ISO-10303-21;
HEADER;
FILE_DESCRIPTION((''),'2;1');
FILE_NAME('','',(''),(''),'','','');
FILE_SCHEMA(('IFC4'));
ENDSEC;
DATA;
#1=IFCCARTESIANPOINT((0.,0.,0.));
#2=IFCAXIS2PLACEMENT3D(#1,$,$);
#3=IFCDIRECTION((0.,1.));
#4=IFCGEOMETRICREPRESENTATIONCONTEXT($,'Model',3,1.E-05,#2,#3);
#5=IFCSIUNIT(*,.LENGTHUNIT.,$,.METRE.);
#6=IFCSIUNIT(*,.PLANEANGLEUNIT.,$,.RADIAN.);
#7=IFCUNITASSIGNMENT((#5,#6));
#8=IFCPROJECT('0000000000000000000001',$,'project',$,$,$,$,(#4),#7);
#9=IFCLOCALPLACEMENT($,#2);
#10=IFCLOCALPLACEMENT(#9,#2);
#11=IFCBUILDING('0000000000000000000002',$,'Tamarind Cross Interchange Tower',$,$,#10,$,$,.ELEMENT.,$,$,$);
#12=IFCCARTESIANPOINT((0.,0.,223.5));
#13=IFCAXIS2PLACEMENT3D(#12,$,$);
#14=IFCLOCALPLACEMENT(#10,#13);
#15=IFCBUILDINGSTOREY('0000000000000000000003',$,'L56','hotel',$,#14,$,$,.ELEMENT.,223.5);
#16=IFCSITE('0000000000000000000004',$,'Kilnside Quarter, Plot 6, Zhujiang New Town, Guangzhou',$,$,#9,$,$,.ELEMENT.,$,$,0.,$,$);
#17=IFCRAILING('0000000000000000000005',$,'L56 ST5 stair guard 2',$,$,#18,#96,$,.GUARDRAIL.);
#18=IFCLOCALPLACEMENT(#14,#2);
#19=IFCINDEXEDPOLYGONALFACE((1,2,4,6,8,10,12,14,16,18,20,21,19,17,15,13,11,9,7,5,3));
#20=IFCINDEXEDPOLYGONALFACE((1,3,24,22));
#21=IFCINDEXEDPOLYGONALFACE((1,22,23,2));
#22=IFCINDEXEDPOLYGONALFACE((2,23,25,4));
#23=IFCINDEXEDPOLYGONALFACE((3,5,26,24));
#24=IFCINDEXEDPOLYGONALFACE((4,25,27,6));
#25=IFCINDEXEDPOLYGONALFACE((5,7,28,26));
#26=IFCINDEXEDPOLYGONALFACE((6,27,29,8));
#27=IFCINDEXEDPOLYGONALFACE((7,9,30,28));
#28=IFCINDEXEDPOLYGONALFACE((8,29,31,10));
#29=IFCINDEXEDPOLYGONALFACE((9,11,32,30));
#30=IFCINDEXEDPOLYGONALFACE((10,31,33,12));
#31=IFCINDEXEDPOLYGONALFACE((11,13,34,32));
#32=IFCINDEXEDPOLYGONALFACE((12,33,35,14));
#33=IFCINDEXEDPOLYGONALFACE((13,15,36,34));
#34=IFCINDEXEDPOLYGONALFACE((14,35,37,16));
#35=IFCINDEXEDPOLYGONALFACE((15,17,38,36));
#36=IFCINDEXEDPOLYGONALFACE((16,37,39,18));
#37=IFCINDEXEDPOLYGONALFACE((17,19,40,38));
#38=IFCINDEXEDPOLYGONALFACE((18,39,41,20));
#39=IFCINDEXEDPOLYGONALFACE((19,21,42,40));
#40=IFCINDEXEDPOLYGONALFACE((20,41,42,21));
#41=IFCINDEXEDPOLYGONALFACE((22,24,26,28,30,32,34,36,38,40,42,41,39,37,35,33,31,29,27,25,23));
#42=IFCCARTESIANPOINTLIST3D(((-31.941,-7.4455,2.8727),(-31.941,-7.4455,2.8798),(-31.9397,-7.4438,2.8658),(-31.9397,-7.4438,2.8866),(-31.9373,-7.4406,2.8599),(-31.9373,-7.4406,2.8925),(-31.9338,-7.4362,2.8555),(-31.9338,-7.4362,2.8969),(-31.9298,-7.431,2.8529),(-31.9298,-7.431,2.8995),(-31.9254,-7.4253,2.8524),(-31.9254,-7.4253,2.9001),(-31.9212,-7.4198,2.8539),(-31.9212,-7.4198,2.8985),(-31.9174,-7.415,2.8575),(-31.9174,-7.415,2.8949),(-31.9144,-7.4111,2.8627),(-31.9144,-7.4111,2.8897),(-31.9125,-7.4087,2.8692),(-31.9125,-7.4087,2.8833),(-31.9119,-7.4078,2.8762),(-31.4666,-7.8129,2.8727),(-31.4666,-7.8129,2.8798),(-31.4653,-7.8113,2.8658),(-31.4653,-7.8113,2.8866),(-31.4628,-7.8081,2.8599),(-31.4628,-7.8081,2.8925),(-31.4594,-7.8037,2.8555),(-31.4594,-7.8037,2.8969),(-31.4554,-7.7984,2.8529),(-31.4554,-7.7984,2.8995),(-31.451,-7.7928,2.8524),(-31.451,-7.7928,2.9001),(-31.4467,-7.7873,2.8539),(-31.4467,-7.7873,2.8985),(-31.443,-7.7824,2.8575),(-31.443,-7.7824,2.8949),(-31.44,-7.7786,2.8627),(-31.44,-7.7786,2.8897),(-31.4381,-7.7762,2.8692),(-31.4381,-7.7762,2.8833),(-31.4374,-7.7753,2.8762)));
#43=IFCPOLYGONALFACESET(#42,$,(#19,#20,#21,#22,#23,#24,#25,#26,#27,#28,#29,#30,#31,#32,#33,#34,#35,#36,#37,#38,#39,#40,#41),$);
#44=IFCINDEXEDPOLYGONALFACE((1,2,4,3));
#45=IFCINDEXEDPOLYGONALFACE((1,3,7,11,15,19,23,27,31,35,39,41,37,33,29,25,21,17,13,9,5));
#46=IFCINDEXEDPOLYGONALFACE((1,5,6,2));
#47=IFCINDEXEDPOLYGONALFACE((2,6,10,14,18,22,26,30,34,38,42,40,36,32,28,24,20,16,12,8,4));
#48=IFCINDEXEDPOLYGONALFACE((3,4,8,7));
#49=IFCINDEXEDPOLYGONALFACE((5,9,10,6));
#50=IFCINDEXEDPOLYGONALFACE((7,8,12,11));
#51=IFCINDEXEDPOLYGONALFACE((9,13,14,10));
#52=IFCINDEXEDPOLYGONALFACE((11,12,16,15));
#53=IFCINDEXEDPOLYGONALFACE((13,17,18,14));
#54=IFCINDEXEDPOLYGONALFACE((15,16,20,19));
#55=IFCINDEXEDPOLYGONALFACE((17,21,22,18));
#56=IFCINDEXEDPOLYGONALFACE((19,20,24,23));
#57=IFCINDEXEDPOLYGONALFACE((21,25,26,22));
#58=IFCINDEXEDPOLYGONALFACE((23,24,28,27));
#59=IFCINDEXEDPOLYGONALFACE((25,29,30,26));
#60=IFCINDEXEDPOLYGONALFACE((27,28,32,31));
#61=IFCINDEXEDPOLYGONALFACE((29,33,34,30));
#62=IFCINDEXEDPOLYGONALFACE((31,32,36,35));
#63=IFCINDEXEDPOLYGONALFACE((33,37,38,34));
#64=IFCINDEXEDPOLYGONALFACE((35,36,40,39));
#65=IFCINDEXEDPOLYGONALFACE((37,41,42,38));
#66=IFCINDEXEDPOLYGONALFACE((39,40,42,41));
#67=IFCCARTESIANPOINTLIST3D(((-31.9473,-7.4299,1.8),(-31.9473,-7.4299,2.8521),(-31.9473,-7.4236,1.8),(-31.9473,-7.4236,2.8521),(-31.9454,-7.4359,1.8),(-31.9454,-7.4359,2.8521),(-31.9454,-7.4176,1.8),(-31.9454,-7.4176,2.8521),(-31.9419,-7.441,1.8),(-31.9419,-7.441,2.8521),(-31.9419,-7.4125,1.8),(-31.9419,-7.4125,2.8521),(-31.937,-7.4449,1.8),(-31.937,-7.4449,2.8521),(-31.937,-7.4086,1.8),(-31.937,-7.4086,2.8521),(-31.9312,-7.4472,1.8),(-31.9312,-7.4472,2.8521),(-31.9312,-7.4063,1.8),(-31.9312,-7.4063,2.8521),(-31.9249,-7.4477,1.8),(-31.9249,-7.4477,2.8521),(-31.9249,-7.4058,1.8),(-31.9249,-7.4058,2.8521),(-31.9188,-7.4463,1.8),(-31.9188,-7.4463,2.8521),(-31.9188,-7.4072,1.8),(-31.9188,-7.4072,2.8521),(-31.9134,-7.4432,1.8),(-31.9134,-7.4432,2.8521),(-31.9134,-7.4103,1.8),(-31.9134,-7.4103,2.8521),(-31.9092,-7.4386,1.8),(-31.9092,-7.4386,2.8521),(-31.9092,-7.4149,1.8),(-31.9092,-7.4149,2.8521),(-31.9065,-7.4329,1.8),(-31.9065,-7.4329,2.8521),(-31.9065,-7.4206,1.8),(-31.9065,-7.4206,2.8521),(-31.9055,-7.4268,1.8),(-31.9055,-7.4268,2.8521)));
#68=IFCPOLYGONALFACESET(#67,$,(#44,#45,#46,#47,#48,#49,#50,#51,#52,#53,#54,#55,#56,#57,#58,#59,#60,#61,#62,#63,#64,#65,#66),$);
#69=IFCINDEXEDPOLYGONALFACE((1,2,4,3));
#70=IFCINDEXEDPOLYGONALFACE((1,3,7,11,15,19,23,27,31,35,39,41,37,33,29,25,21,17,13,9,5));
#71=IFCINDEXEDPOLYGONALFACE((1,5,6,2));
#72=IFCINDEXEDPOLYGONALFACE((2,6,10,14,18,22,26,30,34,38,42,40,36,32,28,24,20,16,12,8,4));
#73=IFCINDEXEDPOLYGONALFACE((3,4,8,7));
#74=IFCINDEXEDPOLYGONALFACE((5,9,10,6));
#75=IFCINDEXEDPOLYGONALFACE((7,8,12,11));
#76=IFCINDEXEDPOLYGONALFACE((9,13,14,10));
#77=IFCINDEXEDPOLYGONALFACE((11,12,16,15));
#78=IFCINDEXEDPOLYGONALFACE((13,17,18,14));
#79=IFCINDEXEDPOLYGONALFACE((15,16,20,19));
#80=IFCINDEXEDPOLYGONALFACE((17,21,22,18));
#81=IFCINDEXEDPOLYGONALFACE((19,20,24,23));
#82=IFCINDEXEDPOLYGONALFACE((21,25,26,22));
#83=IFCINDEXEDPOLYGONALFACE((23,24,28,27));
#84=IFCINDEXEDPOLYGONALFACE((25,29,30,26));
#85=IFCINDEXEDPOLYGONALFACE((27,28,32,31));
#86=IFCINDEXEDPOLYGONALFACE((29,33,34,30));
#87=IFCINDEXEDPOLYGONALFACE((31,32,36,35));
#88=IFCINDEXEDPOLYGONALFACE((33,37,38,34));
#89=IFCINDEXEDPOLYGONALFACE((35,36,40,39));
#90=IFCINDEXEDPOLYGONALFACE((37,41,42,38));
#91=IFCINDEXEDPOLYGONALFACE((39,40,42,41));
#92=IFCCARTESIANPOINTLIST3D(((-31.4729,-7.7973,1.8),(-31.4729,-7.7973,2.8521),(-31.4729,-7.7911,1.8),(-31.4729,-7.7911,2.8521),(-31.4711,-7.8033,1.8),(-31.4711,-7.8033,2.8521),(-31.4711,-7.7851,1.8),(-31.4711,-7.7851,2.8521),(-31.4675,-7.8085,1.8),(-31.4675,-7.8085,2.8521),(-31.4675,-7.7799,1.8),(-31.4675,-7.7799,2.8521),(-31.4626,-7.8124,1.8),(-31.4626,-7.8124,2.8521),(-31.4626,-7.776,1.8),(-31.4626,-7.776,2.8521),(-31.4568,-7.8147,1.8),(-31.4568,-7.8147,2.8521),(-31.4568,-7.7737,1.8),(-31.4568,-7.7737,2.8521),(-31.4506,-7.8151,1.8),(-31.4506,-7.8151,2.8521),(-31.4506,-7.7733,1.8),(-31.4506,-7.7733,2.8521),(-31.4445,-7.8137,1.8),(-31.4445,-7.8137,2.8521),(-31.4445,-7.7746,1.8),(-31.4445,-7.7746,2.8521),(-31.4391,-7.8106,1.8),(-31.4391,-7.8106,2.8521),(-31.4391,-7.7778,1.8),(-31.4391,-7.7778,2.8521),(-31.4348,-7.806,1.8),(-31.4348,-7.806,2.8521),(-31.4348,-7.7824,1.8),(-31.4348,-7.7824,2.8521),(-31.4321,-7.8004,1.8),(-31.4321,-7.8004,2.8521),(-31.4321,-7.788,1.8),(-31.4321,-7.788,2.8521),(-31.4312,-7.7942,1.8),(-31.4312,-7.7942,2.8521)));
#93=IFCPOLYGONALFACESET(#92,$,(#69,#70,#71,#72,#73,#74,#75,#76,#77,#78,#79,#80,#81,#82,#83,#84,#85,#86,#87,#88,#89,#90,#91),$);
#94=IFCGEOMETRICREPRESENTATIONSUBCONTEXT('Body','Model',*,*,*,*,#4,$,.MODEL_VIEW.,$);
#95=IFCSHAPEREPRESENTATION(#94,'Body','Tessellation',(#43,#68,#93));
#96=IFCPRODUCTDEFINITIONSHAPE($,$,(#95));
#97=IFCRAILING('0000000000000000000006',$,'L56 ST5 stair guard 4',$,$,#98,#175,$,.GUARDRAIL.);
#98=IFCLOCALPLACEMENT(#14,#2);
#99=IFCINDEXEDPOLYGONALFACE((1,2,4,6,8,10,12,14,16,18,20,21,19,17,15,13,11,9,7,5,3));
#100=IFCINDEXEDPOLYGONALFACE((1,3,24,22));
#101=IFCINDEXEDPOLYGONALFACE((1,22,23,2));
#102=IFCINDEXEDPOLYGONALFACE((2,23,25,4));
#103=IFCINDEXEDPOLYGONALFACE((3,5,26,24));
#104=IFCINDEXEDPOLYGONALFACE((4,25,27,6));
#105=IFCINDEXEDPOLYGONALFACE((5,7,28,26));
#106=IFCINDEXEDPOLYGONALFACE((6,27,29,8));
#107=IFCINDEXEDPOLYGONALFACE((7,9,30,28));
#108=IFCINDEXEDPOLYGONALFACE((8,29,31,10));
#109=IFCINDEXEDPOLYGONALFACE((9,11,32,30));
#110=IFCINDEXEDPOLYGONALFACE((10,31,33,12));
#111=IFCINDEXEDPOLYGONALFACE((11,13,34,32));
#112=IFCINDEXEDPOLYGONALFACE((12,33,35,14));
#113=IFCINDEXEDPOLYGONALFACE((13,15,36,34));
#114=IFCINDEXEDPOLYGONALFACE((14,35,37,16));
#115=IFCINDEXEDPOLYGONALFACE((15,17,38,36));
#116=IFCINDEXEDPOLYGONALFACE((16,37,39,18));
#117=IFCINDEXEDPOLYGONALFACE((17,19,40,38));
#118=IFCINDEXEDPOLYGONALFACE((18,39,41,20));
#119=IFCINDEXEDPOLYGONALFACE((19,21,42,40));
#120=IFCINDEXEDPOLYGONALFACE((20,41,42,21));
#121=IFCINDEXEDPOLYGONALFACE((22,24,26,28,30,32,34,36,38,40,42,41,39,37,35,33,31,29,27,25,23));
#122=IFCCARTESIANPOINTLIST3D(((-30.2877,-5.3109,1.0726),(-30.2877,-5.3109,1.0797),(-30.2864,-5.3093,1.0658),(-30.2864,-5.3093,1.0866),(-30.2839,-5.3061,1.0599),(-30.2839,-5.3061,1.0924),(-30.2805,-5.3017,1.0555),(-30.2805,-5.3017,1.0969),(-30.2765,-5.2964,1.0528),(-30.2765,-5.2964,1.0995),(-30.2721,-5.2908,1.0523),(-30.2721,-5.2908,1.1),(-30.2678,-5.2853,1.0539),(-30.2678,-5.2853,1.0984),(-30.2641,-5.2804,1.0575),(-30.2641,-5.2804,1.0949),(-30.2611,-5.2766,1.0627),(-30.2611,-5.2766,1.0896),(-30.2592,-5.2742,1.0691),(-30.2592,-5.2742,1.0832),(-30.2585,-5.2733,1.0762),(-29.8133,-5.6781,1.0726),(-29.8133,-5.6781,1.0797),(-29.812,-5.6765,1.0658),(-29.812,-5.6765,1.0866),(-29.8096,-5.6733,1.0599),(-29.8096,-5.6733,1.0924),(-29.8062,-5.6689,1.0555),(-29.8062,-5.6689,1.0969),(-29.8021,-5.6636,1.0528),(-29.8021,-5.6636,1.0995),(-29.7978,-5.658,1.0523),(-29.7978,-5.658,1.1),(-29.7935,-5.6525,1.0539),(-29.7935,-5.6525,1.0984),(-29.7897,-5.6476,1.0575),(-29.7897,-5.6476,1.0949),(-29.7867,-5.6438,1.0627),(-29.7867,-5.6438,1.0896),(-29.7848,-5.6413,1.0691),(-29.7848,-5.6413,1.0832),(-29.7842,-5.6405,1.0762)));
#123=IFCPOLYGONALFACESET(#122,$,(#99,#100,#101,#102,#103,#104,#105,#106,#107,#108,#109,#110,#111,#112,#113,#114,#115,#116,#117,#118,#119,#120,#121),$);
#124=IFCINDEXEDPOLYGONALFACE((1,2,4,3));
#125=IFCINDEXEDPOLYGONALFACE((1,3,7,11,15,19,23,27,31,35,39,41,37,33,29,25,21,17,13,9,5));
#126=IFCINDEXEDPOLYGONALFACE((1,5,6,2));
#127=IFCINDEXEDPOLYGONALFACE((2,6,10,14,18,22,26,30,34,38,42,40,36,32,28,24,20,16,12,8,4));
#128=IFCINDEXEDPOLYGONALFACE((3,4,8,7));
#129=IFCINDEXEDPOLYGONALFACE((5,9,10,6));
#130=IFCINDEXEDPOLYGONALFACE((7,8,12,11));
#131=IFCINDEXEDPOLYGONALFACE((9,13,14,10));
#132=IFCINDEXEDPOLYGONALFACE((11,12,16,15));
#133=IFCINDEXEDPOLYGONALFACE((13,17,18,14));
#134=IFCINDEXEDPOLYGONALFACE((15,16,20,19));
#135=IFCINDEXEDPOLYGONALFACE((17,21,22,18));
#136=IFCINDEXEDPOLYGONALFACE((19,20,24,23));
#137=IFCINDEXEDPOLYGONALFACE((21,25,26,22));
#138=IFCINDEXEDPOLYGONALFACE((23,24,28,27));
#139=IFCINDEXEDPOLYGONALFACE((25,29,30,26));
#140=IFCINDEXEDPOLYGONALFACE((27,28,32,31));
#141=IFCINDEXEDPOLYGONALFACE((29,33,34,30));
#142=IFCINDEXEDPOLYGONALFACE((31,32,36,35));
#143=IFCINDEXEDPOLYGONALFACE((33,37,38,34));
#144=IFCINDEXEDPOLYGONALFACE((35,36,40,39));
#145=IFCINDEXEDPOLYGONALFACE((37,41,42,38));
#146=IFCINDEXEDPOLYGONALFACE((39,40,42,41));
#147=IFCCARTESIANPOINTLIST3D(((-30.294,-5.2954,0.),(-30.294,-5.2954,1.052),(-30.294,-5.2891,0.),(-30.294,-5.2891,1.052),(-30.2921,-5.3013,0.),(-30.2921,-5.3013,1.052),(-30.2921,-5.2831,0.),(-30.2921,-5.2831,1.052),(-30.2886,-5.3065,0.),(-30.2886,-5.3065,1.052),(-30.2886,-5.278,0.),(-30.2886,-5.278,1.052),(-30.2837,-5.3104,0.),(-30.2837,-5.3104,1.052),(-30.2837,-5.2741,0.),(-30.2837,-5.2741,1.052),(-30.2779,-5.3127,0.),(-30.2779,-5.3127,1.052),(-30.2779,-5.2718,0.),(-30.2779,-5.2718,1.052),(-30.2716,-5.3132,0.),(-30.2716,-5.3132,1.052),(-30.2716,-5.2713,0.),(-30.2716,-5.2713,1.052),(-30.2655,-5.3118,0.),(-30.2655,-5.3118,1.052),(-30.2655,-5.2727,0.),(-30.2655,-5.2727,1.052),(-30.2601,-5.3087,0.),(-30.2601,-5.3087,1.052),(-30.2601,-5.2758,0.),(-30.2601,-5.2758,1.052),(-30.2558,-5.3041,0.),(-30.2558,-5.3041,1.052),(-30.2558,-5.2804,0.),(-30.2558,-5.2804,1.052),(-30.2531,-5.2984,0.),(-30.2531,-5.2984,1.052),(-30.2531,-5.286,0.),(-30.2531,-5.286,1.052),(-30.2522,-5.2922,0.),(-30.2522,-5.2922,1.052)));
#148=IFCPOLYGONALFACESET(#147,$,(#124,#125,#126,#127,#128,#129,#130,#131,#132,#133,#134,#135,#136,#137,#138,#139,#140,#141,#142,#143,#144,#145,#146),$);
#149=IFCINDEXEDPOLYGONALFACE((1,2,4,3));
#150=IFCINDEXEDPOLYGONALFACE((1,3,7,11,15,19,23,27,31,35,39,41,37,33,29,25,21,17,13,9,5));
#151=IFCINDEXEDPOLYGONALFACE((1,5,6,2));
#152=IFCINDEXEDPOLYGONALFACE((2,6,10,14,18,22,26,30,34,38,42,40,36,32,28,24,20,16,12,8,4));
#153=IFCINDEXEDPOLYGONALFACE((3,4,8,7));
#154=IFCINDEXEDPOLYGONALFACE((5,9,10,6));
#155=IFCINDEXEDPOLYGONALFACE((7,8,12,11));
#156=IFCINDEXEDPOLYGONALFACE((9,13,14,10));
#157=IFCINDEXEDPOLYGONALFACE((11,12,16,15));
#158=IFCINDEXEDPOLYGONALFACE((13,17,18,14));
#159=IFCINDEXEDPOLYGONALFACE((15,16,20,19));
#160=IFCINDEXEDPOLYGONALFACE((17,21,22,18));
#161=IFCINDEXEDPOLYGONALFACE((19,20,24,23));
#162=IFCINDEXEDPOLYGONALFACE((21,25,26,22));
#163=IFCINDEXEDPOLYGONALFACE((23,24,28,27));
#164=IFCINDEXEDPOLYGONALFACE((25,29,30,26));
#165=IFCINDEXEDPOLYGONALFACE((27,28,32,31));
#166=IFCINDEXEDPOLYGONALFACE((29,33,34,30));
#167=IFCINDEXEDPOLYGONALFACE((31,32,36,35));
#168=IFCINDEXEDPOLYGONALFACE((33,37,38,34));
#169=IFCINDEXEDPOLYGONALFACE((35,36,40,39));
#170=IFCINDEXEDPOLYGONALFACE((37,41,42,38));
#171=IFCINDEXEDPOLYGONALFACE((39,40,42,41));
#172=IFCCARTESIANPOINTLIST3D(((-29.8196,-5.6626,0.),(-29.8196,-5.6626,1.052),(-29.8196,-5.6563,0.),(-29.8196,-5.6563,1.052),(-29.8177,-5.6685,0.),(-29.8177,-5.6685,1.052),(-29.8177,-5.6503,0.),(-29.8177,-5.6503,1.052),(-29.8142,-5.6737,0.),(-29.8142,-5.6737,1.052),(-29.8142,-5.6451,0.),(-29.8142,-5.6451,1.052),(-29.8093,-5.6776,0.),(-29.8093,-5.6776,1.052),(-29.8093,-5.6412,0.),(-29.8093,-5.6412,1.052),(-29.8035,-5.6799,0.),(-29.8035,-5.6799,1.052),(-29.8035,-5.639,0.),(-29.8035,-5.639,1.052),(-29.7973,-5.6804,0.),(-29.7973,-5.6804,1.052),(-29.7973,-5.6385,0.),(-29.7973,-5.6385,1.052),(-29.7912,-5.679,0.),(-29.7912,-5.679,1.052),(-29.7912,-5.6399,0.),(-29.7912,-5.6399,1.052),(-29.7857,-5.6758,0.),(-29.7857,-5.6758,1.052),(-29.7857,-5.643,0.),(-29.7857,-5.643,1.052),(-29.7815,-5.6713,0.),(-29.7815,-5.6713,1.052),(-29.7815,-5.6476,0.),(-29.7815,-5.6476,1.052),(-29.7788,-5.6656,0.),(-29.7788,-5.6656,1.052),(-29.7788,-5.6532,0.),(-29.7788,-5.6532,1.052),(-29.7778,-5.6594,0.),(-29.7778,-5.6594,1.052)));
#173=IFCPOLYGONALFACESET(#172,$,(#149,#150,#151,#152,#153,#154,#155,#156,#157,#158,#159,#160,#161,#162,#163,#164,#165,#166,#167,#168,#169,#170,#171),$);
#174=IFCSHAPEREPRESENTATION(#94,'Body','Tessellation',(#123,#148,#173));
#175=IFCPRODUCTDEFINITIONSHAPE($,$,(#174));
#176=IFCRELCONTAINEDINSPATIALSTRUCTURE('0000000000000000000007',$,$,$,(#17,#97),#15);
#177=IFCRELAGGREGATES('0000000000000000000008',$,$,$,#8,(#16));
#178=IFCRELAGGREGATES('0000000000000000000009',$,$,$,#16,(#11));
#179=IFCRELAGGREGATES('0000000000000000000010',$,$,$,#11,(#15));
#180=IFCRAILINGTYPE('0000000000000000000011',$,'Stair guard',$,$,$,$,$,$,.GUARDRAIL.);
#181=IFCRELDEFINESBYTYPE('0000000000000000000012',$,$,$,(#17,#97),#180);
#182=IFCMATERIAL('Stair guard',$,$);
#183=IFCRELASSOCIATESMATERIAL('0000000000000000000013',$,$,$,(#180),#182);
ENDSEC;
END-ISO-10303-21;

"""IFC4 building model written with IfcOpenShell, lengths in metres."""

from ifc_helpers import new_model, si_unit, direction, frame, origin, origin_2d, place, context, subcontext, project, spatial, circle, extrude, material, type_object, element, save


model = new_model("IFC4")

# Units and contexts
model_context = context("Model", 3, precision=1e-05, world=origin(), true_north=direction((0.0, 1.0)))
body_context = subcontext(model_context, "Body", "Model", "MODEL_VIEW")
ifc_project = project(units=[si_unit("LENGTHUNIT", "METRE"), si_unit("PLANEANGLEUNIT", "RADIAN")], contexts=[model_context])

# Site, building, storey
site_placement = place(None, origin())
site = spatial("IfcSite", under=ifc_project, at=site_placement, Name="Kilnside Quarter, Plot 6, Zhujiang New Town, Guangzhou", CompositionType="ELEMENT", RefElevation=0.0)
building_placement = place(site_placement, origin())
building = spatial("IfcBuilding", under=site, at=building_placement, Name="Tamarind Cross Interchange Tower", CompositionType="ELEMENT")
storey_placement = place(building_placement, frame((0.0, 0.0, 223.5)))
storey = spatial("IfcBuildingStorey", under=building, at=storey_placement, Name="L56", Description="hotel", CompositionType="ELEMENT", Elevation=223.5)

# Railings
ifc_material_1 = material(Name="Stair guard")
railing_type_1 = type_object("IfcRailingType", Name="Stair guard", PredefinedType="GUARDRAIL", material=ifc_material_1)
railing_1_placement = place(storey_placement, frame((-31.9265, -7.4268, 1.8)))
element("IfcRailing", 1, at=railing_1_placement, inside=storey, type_object=railing_type_1, Name="L56 ST5 stair guard 2", PredefinedType="GUARDRAIL", context=body_context, shape_type="SweptSolid", body=[
    extrude(circle(Radius=0.0239, at=origin_2d()), frame((0.0, 0.0, 1.0762), z_axis=(0.790578, -0.612362, 0.0), x_axis=(0.612362, 0.790578, 0.0)), (0.0, 0.0, 1.0), 0.6001),
    extrude(circle(Radius=0.021, at=origin_2d()), origin(), (0.0, 0.0, 1.0), 1.052),
    extrude(circle(Radius=0.021, at=origin_2d()), frame((0.4744, -0.3674, 0.0)), (0.0, 0.0, 1.0), 1.052),
])
railing_2_placement = place(storey_placement, frame((-30.2732, -5.2922, 0.0)))
element("IfcRailing", 2, at=railing_2_placement, inside=storey, type_object=railing_type_1, Name="L56 ST5 stair guard 4", PredefinedType="GUARDRAIL", context=body_context, shape_type="SweptSolid", body=[
    extrude(circle(Radius=0.0239, at=origin_2d()), frame((0.0, 0.0, 1.0762), z_axis=(0.790775, -0.612108, 0.0), x_axis=(0.612108, 0.790775, 0.0)), (0.0, 0.0, 1.0), 0.5999),
    extrude(circle(Radius=0.021, at=origin_2d()), origin(), (0.0, 0.0, 1.0), 1.052),
    extrude(circle(Radius=0.021, at=origin_2d()), frame((0.4744, -0.3672, 0.0)), (0.0, 0.0, 1.0), 1.052),
])

save(model, "model.ifc")
